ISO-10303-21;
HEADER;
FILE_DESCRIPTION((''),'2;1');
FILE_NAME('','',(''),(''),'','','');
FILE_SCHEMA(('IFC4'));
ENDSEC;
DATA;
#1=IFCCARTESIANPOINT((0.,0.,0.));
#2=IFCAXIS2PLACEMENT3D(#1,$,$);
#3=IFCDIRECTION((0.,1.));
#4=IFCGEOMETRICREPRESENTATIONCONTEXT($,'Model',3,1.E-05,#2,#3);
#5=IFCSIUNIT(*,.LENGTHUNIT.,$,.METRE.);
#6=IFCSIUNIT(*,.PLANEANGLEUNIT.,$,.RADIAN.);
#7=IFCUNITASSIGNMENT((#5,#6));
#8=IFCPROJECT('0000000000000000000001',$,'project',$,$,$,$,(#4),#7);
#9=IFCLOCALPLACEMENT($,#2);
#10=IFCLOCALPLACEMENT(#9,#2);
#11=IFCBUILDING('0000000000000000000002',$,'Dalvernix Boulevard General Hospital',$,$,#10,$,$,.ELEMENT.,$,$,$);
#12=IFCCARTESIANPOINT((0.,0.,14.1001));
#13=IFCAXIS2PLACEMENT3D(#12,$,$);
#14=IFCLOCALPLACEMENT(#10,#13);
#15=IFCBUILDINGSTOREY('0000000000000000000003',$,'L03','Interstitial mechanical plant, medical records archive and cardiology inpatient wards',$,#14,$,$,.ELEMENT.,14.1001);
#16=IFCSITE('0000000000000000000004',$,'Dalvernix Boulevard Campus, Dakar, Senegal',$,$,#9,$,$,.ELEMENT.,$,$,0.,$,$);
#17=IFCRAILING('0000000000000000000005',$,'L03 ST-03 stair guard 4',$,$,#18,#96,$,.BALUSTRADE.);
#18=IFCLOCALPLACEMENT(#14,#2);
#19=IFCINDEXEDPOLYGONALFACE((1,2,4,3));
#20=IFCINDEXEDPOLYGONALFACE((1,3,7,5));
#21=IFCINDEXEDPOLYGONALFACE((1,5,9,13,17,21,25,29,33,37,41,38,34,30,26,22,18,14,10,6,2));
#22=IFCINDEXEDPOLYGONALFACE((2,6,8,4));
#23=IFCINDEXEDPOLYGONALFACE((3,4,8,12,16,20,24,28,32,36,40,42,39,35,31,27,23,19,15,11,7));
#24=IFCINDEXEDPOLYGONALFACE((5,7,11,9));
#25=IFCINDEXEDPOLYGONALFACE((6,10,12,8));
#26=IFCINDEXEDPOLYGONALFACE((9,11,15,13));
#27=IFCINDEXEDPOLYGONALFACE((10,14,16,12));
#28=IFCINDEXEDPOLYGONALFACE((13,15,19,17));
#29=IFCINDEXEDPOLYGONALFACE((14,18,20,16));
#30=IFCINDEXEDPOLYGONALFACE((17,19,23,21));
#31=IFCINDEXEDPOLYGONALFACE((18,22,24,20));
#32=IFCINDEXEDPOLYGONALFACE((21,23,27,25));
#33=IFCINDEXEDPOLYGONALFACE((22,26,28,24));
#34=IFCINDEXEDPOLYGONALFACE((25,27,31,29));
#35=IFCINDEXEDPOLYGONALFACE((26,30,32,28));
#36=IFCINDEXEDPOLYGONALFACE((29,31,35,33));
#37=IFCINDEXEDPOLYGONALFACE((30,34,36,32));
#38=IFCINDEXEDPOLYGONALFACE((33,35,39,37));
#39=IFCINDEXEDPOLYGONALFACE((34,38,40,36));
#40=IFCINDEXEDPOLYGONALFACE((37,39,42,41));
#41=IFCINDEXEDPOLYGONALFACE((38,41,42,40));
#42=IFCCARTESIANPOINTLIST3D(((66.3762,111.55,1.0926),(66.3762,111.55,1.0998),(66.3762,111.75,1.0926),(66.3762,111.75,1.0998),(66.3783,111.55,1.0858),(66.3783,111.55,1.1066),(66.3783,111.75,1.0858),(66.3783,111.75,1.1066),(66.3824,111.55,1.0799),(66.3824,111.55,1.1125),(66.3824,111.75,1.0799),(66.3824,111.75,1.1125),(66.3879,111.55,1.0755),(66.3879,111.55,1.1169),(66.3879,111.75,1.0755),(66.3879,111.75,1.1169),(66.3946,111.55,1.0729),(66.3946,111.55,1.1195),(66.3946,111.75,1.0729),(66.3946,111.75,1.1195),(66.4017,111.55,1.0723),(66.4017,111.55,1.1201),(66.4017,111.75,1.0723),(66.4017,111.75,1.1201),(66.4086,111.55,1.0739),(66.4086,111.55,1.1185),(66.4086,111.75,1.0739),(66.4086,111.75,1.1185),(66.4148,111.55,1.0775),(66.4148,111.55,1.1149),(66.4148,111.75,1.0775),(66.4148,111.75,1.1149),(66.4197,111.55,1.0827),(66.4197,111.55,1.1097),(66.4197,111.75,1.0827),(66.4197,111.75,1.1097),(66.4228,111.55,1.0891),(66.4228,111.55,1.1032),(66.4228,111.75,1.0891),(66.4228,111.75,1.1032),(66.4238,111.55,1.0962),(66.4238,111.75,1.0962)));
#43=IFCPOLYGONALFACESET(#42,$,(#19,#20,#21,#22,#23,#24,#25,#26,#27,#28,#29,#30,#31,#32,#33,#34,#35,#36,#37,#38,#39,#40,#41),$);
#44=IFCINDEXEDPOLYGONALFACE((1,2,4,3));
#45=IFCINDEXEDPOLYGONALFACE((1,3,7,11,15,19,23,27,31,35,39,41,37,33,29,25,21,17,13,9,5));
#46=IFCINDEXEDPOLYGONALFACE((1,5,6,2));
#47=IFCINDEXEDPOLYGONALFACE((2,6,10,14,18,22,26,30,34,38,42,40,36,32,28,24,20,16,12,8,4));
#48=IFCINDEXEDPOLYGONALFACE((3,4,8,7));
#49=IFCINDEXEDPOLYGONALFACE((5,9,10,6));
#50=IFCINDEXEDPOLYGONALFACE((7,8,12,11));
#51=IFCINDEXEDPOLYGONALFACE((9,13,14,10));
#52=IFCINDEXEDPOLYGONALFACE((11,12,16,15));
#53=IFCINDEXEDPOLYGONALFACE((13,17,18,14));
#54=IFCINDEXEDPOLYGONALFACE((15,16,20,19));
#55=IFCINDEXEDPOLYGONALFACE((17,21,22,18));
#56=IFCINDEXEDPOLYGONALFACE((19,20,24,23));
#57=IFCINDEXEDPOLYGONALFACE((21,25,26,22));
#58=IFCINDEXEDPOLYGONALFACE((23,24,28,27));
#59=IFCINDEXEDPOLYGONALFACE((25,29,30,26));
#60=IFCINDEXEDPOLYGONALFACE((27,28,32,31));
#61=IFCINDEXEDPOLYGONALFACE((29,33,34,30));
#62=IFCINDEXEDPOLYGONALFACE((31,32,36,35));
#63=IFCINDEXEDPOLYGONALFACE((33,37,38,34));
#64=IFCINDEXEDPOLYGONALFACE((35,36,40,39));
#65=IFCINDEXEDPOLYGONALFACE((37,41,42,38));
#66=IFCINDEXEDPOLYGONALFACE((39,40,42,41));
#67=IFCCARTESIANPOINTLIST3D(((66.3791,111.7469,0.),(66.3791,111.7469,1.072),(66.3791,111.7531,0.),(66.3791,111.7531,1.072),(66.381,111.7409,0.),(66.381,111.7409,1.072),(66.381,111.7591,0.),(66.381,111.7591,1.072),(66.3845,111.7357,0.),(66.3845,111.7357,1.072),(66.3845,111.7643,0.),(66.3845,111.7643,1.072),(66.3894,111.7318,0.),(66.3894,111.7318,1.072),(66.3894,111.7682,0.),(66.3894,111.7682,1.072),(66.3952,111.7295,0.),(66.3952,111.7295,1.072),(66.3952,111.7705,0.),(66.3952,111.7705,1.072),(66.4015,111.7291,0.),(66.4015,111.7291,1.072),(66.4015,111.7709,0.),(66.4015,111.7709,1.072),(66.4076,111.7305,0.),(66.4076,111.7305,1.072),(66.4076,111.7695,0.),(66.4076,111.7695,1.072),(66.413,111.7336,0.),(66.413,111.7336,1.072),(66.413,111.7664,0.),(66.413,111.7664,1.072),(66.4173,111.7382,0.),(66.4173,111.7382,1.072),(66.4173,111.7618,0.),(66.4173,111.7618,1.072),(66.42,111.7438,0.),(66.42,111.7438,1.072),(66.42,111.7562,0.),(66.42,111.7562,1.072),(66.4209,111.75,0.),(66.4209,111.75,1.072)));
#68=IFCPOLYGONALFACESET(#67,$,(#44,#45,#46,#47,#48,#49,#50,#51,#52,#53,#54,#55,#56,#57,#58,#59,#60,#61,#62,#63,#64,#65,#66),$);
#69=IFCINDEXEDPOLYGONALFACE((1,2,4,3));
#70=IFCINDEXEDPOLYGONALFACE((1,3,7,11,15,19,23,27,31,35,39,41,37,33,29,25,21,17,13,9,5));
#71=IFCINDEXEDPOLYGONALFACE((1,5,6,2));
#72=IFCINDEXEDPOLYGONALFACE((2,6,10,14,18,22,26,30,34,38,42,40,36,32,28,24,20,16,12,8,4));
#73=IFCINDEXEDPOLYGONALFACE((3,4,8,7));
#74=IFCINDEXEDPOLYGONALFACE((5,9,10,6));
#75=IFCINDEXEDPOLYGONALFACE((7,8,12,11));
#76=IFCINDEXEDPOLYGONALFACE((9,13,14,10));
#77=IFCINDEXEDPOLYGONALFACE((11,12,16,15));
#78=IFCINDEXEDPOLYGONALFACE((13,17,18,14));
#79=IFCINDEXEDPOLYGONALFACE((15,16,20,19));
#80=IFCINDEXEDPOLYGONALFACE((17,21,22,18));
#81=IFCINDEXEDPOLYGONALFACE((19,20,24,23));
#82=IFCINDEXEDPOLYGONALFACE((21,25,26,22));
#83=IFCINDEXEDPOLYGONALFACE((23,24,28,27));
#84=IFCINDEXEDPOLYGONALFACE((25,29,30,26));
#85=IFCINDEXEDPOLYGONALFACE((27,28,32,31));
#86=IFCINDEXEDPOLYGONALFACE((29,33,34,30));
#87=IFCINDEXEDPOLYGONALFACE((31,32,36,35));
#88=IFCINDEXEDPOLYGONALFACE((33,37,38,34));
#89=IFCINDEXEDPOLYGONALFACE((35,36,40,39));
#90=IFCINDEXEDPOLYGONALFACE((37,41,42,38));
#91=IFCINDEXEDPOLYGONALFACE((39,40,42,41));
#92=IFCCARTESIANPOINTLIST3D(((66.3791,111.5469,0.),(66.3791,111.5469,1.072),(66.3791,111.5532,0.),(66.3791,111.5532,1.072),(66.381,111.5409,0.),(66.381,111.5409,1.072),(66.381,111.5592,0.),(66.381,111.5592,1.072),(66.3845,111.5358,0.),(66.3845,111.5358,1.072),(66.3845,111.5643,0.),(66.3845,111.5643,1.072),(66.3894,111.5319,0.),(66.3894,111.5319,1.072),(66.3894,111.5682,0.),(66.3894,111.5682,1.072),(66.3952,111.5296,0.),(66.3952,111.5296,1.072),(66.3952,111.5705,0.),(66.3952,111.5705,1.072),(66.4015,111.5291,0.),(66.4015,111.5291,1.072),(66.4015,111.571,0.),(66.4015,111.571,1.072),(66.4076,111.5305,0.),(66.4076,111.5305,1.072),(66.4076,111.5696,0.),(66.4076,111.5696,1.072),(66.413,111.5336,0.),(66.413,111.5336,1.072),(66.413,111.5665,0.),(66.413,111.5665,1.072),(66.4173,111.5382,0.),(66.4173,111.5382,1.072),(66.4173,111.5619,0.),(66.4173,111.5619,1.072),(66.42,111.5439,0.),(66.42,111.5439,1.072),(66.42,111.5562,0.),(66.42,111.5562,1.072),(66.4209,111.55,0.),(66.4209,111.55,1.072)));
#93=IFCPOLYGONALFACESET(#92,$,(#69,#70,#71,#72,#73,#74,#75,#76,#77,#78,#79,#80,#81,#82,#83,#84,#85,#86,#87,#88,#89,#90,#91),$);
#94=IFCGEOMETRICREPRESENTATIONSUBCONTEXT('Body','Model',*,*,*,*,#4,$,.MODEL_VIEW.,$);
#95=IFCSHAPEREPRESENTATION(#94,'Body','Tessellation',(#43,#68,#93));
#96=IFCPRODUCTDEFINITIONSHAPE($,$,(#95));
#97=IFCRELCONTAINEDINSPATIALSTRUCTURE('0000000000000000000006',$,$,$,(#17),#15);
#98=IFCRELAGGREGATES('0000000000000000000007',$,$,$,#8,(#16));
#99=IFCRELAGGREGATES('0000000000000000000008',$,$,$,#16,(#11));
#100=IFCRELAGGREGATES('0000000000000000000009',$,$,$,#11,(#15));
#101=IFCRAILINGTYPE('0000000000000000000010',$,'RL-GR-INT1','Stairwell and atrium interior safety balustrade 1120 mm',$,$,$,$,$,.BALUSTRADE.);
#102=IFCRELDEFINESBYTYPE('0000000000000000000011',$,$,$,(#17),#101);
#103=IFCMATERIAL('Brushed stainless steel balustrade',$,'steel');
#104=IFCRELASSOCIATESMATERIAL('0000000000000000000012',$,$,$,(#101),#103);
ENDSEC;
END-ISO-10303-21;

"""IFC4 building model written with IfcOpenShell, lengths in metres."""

from ifc_helpers import new_model, si_unit, direction, frame, origin, origin_2d, place, context, subcontext, project, spatial, circle, extrude, material, type_object, element, save


model = new_model("IFC4")

# Units and contexts
model_context = context("Model", 3, precision=1e-05, world=origin(), true_north=direction((0.0, 1.0)))
body_context = subcontext(model_context, "Body", "Model", "MODEL_VIEW")
ifc_project = project(units=[si_unit("LENGTHUNIT", "METRE"), si_unit("PLANEANGLEUNIT", "RADIAN")], contexts=[model_context])

# Site, building, storey
site_placement = place(None, origin())
site = spatial("IfcSite", under=ifc_project, at=site_placement, Name="Dalvernix Boulevard Campus, Dakar, Senegal", CompositionType="ELEMENT", RefElevation=0.0)
building_placement = place(site_placement, origin())
building = spatial("IfcBuilding", under=site, at=building_placement, Name="Dalvernix Boulevard General Hospital", CompositionType="ELEMENT")
storey_placement = place(building_placement, frame((0.0, 0.0, 14.1001)))
storey = spatial("IfcBuildingStorey", under=building, at=storey_placement, Name="L03", Description="Interstitial mechanical plant, medical records archive and cardiology inpatient wards", CompositionType="ELEMENT", Elevation=14.1001)

# Railing
ifc_material_1 = material(Name="Brushed stainless steel balustrade", Category="steel")
railing_type = type_object("IfcRailingType", Name="RL-GR-INT1", Description="Stairwell and atrium interior safety balustrade 1120 mm", PredefinedType="BALUSTRADE", material=ifc_material_1)
railing_1_placement = place(storey_placement, frame((66.3999, 111.75, 0.0)))
element("IfcRailing", 1, at=railing_1_placement, inside=storey, type_object=railing_type, Name="L03 ST-03 stair guard 4", PredefinedType="BALUSTRADE", context=body_context, shape_type="SweptSolid", body=[
    extrude(circle(Radius=0.0239, at=origin_2d()), frame((0.0, 0.0, 1.0962), z_axis=(0.0, -1.0, 0.0), x_axis=(1.0, 0.0, 0.0)), (0.0, 0.0, 1.0), 0.2),
    extrude(circle(Radius=0.021, at=origin_2d()), origin(), (0.0, 0.0, 1.0), 1.072),
    extrude(circle(Radius=0.021, at=origin_2d()), frame((0.0, -0.2, 0.0)), (0.0, 0.0, 1.0), 1.072),
])

save(model, "model.ifc")
